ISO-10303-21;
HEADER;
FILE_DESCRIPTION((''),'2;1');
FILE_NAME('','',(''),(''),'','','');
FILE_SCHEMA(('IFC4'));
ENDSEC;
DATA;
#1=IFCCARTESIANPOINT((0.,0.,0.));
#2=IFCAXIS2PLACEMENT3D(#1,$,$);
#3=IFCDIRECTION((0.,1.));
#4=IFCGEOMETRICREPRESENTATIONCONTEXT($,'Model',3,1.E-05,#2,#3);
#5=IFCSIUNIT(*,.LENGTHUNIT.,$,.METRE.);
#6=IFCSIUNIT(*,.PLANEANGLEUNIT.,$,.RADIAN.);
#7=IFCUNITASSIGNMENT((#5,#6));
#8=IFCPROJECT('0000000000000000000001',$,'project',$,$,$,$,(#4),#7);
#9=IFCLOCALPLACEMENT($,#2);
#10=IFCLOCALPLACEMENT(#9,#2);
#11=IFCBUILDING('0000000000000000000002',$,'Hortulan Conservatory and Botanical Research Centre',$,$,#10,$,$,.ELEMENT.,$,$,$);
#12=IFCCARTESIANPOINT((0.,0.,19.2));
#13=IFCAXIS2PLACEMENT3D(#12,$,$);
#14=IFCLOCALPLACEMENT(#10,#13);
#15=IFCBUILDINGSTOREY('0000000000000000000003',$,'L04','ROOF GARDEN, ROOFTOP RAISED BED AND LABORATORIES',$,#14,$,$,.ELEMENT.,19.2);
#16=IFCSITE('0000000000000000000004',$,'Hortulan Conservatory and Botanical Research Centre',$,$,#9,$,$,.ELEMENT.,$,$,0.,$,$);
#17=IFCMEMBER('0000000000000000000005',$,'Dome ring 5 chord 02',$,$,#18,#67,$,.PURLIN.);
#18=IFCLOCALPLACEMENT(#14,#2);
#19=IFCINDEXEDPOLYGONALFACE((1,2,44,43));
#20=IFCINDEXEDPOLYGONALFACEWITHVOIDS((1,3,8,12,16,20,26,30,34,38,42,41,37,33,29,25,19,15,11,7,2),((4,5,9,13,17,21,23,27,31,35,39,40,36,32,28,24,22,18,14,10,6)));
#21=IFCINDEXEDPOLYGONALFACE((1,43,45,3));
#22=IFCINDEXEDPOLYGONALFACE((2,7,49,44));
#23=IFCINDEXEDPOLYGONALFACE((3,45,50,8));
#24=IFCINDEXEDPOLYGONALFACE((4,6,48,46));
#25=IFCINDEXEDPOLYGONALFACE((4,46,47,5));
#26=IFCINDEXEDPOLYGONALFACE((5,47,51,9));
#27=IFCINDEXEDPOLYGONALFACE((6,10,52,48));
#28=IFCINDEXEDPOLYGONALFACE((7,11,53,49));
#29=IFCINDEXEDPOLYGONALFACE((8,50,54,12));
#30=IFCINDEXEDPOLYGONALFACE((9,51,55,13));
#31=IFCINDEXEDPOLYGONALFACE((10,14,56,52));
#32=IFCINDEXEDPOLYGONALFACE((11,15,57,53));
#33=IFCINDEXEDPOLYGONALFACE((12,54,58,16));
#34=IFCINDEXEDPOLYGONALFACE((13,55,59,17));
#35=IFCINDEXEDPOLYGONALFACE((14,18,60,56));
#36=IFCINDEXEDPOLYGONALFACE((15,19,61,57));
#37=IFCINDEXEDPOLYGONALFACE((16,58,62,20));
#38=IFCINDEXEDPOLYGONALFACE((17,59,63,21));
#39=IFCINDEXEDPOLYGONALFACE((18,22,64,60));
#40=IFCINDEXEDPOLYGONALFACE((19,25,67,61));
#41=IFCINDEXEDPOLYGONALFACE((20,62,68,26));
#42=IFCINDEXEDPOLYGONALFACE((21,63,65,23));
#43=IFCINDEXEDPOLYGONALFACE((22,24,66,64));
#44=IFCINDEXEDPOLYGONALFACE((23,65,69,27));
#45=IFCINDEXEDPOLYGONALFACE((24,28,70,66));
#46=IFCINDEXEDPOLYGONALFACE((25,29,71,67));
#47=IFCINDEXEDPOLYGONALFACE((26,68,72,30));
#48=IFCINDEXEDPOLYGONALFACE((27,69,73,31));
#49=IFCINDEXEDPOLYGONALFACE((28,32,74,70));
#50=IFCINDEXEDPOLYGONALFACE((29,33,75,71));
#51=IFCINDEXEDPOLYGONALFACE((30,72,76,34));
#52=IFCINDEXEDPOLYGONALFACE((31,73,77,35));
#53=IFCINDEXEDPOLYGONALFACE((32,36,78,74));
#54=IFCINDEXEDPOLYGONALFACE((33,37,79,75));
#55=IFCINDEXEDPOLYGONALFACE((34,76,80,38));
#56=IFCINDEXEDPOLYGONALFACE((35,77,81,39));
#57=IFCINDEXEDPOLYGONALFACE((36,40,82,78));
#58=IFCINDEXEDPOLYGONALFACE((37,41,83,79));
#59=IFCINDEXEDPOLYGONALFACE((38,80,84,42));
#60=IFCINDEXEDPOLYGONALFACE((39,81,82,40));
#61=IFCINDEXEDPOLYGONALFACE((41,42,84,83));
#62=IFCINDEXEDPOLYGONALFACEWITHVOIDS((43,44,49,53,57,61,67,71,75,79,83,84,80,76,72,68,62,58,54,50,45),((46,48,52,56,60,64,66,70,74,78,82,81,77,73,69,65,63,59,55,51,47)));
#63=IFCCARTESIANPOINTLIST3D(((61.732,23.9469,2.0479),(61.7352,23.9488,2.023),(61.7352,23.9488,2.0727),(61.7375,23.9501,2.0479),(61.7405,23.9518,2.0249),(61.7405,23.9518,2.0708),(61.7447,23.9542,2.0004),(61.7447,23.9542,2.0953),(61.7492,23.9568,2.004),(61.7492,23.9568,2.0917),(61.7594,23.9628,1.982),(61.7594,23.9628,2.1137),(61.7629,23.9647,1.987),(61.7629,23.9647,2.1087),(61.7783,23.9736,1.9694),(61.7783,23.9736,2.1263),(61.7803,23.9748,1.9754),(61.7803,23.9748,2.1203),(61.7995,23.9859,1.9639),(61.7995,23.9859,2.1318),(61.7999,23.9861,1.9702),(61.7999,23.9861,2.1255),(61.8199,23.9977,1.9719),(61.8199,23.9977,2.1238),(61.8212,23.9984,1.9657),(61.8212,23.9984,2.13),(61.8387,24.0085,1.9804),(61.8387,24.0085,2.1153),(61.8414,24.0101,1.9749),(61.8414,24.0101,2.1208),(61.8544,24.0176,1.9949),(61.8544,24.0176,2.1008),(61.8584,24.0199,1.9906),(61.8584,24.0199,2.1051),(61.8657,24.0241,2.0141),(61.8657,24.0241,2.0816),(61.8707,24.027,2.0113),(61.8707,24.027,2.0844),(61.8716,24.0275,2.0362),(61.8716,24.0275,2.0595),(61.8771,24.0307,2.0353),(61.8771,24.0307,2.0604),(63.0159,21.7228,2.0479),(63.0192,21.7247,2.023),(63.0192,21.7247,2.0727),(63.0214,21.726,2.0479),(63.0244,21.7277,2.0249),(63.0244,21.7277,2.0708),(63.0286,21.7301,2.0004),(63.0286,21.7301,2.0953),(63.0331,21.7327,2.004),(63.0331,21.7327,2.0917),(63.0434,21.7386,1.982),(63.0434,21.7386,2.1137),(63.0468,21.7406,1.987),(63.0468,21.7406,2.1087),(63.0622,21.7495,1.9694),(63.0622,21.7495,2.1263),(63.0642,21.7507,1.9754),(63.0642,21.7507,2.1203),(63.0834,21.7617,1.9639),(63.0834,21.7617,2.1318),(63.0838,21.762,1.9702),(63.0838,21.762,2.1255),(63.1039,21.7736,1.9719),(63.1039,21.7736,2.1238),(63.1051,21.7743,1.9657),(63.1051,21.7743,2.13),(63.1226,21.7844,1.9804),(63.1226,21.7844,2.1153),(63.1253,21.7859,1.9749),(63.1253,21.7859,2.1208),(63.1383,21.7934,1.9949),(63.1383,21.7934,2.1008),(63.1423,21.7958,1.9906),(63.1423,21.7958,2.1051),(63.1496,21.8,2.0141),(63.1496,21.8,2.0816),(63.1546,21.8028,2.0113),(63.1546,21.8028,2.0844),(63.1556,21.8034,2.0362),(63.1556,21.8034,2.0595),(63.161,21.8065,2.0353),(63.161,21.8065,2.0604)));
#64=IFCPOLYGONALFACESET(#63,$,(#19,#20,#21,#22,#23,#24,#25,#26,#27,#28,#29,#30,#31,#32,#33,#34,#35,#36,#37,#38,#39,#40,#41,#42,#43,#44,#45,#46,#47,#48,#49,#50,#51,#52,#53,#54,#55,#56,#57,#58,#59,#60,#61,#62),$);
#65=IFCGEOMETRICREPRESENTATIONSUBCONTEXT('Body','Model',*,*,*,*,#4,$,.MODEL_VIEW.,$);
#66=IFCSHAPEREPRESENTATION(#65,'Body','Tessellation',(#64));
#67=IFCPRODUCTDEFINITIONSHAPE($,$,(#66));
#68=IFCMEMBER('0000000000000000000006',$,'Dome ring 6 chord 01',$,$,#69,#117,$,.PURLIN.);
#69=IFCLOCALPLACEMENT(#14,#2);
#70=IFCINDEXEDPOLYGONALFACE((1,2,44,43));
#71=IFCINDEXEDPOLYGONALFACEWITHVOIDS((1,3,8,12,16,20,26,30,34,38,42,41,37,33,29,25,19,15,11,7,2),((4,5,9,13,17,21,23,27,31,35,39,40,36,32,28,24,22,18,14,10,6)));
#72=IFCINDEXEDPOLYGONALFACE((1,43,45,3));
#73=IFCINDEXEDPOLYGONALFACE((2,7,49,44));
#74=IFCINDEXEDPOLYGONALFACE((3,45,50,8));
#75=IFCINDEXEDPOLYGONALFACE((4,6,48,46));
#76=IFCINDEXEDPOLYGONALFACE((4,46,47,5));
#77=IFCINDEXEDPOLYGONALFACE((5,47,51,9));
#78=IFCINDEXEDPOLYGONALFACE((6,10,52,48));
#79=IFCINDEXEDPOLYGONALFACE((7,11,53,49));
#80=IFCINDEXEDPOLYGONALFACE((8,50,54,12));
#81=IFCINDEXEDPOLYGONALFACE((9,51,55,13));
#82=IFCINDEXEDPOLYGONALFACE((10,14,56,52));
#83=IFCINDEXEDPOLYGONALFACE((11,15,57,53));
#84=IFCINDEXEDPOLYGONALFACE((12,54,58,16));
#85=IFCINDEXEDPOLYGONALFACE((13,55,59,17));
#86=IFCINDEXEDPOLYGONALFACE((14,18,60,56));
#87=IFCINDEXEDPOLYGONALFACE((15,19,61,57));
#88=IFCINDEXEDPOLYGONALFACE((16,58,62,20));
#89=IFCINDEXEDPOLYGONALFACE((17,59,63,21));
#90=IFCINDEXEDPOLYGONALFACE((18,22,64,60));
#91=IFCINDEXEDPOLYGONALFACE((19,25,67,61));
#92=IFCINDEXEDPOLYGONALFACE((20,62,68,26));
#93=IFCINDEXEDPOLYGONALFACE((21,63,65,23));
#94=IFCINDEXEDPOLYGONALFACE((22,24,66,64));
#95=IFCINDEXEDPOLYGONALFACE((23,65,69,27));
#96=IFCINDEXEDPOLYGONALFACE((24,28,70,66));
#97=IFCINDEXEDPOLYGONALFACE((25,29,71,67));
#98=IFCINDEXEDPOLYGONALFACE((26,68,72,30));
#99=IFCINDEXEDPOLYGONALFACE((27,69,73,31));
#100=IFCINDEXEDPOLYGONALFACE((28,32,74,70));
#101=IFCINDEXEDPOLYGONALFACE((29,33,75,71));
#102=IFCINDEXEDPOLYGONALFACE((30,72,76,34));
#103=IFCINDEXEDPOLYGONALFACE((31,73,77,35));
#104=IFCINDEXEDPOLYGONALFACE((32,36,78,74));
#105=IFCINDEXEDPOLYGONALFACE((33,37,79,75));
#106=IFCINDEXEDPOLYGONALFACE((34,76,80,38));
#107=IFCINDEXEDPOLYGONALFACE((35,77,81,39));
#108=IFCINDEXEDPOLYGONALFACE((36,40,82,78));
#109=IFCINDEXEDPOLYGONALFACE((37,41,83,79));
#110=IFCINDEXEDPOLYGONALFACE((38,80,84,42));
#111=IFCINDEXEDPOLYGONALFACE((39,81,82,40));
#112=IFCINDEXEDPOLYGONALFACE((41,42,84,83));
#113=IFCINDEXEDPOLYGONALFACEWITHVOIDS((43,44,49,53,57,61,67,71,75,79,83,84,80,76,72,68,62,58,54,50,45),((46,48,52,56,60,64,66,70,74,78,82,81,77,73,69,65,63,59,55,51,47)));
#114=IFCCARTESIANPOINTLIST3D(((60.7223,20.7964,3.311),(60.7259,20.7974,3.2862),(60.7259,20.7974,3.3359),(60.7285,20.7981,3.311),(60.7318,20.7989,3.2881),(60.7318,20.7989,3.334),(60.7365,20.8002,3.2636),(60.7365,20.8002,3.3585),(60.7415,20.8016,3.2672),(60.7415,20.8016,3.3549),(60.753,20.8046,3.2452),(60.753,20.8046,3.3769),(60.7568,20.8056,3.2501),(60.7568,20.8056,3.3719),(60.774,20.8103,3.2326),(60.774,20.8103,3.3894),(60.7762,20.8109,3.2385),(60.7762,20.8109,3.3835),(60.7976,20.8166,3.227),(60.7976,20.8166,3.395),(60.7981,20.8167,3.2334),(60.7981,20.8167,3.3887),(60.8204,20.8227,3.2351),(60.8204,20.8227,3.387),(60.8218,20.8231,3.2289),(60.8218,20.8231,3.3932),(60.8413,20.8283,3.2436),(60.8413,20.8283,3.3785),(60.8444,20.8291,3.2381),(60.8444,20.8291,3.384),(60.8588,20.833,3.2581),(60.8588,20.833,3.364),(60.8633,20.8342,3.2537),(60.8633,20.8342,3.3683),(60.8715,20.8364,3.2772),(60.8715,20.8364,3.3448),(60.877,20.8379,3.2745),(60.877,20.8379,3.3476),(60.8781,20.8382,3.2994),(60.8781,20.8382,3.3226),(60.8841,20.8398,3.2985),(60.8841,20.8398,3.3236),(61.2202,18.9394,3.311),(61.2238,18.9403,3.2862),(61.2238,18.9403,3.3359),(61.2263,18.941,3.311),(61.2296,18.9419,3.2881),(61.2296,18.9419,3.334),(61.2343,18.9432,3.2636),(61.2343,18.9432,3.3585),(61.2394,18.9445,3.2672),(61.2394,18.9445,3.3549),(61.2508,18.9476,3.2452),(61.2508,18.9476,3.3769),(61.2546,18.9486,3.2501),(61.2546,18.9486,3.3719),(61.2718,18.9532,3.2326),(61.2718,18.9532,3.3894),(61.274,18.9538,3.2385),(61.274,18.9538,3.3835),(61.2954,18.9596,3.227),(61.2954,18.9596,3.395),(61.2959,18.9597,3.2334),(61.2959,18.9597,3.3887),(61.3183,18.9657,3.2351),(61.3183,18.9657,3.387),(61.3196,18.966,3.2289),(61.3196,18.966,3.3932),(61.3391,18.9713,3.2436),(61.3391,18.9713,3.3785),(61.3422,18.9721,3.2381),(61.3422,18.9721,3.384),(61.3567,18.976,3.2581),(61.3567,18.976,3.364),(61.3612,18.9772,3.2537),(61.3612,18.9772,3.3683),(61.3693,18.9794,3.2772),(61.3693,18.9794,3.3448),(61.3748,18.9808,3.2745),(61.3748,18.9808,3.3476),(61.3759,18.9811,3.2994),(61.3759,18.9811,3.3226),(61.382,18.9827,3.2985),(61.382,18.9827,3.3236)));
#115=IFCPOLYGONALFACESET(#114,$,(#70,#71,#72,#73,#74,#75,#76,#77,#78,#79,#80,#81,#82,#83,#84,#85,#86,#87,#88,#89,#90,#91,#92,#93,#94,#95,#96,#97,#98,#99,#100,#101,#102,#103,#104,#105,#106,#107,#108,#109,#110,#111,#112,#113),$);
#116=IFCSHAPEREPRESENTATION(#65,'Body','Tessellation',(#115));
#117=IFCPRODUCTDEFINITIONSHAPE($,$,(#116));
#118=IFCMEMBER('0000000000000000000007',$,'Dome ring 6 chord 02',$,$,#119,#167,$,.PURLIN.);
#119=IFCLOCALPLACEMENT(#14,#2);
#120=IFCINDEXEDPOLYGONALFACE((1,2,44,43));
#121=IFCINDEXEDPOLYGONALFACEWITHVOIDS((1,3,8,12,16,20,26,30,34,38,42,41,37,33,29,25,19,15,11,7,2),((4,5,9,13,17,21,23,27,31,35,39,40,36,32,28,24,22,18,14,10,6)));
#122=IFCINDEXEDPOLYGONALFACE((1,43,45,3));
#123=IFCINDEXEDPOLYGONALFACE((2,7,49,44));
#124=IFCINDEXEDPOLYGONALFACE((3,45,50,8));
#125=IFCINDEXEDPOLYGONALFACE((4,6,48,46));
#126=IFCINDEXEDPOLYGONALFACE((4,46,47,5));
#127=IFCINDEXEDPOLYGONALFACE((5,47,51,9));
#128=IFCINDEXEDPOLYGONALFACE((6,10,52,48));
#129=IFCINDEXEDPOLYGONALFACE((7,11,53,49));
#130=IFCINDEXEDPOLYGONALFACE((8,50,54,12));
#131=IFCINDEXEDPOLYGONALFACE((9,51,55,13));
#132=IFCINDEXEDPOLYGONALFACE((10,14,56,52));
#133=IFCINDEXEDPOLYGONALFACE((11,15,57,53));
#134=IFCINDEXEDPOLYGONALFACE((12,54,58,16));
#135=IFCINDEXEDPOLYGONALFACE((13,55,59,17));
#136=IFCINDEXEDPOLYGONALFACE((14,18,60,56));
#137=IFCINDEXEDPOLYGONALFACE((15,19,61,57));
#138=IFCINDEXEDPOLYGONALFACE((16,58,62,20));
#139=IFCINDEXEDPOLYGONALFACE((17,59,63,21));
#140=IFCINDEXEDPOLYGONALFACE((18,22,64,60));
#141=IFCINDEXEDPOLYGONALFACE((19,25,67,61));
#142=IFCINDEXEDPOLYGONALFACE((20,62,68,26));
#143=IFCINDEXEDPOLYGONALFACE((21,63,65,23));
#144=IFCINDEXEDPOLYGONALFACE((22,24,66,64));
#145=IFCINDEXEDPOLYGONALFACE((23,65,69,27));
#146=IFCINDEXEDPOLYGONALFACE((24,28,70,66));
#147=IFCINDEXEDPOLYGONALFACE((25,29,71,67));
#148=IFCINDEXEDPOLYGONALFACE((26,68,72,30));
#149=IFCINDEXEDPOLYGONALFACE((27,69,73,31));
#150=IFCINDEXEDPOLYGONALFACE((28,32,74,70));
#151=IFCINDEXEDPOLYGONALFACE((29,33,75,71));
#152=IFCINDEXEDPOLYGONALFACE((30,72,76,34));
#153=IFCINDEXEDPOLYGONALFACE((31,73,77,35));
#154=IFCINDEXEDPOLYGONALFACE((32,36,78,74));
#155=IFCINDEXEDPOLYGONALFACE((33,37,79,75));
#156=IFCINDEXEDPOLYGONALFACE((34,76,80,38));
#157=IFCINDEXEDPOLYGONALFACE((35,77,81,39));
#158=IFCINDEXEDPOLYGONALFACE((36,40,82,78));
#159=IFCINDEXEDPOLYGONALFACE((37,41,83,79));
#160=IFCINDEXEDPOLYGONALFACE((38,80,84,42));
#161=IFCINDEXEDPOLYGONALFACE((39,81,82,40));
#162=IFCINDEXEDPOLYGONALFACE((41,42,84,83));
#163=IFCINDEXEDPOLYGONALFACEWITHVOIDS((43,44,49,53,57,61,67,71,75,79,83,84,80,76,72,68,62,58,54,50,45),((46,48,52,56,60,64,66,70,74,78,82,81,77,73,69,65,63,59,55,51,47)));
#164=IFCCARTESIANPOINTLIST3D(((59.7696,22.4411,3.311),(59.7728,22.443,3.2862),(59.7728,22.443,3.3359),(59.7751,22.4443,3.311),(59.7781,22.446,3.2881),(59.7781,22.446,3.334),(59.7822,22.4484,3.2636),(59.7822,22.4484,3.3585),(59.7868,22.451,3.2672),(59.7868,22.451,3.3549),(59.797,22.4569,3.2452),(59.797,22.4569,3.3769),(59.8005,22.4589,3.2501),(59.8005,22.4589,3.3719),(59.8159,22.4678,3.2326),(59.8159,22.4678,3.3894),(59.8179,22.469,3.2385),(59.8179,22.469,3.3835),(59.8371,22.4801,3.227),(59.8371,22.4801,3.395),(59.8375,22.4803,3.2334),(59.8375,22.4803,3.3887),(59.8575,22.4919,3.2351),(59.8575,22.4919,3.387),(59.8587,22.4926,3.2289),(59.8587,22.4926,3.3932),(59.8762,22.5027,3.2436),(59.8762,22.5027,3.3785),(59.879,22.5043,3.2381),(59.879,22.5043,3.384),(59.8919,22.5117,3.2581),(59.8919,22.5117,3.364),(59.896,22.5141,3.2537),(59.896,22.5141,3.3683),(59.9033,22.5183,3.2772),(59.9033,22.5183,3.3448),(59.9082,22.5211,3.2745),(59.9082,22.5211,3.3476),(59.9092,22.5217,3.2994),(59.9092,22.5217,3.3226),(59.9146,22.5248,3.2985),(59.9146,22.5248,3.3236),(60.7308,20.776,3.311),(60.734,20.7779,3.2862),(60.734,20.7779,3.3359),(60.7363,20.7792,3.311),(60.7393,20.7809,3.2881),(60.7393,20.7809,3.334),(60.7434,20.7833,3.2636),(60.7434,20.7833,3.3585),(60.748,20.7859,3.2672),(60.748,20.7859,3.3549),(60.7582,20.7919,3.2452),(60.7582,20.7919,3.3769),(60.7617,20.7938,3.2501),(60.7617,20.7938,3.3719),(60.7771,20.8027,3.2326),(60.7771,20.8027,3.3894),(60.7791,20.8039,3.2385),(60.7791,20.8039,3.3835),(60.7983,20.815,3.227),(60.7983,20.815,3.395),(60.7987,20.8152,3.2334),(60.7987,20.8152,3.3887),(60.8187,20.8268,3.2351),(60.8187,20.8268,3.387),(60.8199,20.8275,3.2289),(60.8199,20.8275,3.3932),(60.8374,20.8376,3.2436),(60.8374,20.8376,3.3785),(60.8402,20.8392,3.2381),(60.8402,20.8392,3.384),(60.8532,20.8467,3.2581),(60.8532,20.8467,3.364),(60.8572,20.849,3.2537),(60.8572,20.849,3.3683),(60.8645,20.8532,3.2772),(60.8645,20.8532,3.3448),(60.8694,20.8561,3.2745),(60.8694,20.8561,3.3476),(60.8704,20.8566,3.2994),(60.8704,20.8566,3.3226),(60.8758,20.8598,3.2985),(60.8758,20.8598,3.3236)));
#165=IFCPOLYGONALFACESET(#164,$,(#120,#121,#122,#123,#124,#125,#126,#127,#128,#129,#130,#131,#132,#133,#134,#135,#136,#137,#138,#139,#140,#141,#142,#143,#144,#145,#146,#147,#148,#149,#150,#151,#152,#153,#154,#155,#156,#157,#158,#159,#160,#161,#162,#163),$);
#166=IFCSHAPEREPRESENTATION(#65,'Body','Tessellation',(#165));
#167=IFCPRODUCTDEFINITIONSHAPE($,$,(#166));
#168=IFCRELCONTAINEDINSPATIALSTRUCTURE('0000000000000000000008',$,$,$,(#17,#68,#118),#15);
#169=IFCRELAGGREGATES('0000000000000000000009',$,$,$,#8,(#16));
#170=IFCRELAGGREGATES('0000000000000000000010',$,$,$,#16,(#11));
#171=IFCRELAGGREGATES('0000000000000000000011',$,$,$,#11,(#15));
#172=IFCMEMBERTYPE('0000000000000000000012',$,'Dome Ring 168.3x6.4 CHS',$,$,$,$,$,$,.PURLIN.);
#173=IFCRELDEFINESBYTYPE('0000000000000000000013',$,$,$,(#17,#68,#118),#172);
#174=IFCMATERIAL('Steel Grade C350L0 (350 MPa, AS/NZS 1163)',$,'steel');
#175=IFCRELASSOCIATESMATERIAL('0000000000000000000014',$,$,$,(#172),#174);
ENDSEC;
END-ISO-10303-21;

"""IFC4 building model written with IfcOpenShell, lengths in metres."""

from ifc_helpers import new_model, si_unit, direction, frame, origin, origin_2d, place, context, subcontext, project, spatial, hollow_circle, extrude, material, material_profile, profile_set, type_object, element, save


model = new_model("IFC4")

# Units and contexts
model_context = context("Model", 3, precision=1e-05, world=origin(), true_north=direction((0.0, 1.0)))
body_context = subcontext(model_context, "Body", "Model", "MODEL_VIEW")
ifc_project = project(units=[si_unit("LENGTHUNIT", "METRE"), si_unit("PLANEANGLEUNIT", "RADIAN")], contexts=[model_context])

# Site, building, storey
site_placement = place(None, origin())
site = spatial("IfcSite", under=ifc_project, at=site_placement, Name="Hortulan Conservatory and Botanical Research Centre", CompositionType="ELEMENT", RefElevation=0.0)
building_placement = place(site_placement, origin())
building = spatial("IfcBuilding", under=site, at=building_placement, Name="Hortulan Conservatory and Botanical Research Centre", CompositionType="ELEMENT")
storey_placement = place(building_placement, frame((0.0, 0.0, 19.2)))
storey = spatial("IfcBuildingStorey", under=building, at=storey_placement, Name="L04", Description="ROOF GARDEN, ROOFTOP RAISED BED AND LABORATORIES", CompositionType="ELEMENT", Elevation=19.2)

# Shared definitions
ifc_material_1 = material(Name="Steel Grade C350L0 (350 MPa, AS/NZS 1163)", Category="steel")

# Members
ifc_material_profile_1 = material_profile(ifc_material_1, hollow_circle(Radius=0.0842, WallThickness=0.0063, at=origin_2d()), Name="168.3x6.4CHS")
ifc_profile_set_1 = profile_set([ifc_material_profile_1], Name="Steel Grade C350L0 (350 MPa, AS/NZS 1163)")
member_type_1 = type_object("IfcMemberType", Name="Dome Ring 168.3x6.4 CHS", PredefinedType="PURLIN", material=ifc_profile_set_1)
member_1_placement = place(storey_placement, frame((63.0889, 21.7649, 2.0479), z_axis=(-0.499953, 0.866053, 0.0), x_axis=(-0.866053, -0.499953, 0.0)))
element("IfcMember", 1, at=member_1_placement, inside=storey, type_object=member_type_1, Name="Dome ring 5 chord 02", PredefinedType="PURLIN", context=body_context, shape_type="SweptSolid", body=[
    extrude(hollow_circle(Radius=0.0842, WallThickness=0.0063, at=origin_2d()), origin(), (0.0, 0.0, 1.0), 2.5681),
])
for number, where, z_axis, x_axis, name in (
    (2, (61.3015, 18.9612, 3.311), (-0.258935, 0.965895, 0.0), (-0.965895, -0.258935, 0.0), "Dome ring 6 chord 01"),
    (3, (60.8037, 20.8181, 3.311), (-0.49995, 0.866054, 0.0), (-0.866054, -0.49995, 0.0), "Dome ring 6 chord 02"),
):
    element("IfcMember", number, at=place(storey_placement, frame(where, z_axis=z_axis, x_axis=x_axis)), inside=storey, type_object=member_type_1, Name=name, PredefinedType="PURLIN", context=body_context, shape_type="SweptSolid", body=[
        extrude(hollow_circle(Radius=0.0842, WallThickness=0.0063, at=origin_2d()), origin(), (0.0, 0.0, 1.0), 1.9226),
    ])

save(model, "model.ifc")
